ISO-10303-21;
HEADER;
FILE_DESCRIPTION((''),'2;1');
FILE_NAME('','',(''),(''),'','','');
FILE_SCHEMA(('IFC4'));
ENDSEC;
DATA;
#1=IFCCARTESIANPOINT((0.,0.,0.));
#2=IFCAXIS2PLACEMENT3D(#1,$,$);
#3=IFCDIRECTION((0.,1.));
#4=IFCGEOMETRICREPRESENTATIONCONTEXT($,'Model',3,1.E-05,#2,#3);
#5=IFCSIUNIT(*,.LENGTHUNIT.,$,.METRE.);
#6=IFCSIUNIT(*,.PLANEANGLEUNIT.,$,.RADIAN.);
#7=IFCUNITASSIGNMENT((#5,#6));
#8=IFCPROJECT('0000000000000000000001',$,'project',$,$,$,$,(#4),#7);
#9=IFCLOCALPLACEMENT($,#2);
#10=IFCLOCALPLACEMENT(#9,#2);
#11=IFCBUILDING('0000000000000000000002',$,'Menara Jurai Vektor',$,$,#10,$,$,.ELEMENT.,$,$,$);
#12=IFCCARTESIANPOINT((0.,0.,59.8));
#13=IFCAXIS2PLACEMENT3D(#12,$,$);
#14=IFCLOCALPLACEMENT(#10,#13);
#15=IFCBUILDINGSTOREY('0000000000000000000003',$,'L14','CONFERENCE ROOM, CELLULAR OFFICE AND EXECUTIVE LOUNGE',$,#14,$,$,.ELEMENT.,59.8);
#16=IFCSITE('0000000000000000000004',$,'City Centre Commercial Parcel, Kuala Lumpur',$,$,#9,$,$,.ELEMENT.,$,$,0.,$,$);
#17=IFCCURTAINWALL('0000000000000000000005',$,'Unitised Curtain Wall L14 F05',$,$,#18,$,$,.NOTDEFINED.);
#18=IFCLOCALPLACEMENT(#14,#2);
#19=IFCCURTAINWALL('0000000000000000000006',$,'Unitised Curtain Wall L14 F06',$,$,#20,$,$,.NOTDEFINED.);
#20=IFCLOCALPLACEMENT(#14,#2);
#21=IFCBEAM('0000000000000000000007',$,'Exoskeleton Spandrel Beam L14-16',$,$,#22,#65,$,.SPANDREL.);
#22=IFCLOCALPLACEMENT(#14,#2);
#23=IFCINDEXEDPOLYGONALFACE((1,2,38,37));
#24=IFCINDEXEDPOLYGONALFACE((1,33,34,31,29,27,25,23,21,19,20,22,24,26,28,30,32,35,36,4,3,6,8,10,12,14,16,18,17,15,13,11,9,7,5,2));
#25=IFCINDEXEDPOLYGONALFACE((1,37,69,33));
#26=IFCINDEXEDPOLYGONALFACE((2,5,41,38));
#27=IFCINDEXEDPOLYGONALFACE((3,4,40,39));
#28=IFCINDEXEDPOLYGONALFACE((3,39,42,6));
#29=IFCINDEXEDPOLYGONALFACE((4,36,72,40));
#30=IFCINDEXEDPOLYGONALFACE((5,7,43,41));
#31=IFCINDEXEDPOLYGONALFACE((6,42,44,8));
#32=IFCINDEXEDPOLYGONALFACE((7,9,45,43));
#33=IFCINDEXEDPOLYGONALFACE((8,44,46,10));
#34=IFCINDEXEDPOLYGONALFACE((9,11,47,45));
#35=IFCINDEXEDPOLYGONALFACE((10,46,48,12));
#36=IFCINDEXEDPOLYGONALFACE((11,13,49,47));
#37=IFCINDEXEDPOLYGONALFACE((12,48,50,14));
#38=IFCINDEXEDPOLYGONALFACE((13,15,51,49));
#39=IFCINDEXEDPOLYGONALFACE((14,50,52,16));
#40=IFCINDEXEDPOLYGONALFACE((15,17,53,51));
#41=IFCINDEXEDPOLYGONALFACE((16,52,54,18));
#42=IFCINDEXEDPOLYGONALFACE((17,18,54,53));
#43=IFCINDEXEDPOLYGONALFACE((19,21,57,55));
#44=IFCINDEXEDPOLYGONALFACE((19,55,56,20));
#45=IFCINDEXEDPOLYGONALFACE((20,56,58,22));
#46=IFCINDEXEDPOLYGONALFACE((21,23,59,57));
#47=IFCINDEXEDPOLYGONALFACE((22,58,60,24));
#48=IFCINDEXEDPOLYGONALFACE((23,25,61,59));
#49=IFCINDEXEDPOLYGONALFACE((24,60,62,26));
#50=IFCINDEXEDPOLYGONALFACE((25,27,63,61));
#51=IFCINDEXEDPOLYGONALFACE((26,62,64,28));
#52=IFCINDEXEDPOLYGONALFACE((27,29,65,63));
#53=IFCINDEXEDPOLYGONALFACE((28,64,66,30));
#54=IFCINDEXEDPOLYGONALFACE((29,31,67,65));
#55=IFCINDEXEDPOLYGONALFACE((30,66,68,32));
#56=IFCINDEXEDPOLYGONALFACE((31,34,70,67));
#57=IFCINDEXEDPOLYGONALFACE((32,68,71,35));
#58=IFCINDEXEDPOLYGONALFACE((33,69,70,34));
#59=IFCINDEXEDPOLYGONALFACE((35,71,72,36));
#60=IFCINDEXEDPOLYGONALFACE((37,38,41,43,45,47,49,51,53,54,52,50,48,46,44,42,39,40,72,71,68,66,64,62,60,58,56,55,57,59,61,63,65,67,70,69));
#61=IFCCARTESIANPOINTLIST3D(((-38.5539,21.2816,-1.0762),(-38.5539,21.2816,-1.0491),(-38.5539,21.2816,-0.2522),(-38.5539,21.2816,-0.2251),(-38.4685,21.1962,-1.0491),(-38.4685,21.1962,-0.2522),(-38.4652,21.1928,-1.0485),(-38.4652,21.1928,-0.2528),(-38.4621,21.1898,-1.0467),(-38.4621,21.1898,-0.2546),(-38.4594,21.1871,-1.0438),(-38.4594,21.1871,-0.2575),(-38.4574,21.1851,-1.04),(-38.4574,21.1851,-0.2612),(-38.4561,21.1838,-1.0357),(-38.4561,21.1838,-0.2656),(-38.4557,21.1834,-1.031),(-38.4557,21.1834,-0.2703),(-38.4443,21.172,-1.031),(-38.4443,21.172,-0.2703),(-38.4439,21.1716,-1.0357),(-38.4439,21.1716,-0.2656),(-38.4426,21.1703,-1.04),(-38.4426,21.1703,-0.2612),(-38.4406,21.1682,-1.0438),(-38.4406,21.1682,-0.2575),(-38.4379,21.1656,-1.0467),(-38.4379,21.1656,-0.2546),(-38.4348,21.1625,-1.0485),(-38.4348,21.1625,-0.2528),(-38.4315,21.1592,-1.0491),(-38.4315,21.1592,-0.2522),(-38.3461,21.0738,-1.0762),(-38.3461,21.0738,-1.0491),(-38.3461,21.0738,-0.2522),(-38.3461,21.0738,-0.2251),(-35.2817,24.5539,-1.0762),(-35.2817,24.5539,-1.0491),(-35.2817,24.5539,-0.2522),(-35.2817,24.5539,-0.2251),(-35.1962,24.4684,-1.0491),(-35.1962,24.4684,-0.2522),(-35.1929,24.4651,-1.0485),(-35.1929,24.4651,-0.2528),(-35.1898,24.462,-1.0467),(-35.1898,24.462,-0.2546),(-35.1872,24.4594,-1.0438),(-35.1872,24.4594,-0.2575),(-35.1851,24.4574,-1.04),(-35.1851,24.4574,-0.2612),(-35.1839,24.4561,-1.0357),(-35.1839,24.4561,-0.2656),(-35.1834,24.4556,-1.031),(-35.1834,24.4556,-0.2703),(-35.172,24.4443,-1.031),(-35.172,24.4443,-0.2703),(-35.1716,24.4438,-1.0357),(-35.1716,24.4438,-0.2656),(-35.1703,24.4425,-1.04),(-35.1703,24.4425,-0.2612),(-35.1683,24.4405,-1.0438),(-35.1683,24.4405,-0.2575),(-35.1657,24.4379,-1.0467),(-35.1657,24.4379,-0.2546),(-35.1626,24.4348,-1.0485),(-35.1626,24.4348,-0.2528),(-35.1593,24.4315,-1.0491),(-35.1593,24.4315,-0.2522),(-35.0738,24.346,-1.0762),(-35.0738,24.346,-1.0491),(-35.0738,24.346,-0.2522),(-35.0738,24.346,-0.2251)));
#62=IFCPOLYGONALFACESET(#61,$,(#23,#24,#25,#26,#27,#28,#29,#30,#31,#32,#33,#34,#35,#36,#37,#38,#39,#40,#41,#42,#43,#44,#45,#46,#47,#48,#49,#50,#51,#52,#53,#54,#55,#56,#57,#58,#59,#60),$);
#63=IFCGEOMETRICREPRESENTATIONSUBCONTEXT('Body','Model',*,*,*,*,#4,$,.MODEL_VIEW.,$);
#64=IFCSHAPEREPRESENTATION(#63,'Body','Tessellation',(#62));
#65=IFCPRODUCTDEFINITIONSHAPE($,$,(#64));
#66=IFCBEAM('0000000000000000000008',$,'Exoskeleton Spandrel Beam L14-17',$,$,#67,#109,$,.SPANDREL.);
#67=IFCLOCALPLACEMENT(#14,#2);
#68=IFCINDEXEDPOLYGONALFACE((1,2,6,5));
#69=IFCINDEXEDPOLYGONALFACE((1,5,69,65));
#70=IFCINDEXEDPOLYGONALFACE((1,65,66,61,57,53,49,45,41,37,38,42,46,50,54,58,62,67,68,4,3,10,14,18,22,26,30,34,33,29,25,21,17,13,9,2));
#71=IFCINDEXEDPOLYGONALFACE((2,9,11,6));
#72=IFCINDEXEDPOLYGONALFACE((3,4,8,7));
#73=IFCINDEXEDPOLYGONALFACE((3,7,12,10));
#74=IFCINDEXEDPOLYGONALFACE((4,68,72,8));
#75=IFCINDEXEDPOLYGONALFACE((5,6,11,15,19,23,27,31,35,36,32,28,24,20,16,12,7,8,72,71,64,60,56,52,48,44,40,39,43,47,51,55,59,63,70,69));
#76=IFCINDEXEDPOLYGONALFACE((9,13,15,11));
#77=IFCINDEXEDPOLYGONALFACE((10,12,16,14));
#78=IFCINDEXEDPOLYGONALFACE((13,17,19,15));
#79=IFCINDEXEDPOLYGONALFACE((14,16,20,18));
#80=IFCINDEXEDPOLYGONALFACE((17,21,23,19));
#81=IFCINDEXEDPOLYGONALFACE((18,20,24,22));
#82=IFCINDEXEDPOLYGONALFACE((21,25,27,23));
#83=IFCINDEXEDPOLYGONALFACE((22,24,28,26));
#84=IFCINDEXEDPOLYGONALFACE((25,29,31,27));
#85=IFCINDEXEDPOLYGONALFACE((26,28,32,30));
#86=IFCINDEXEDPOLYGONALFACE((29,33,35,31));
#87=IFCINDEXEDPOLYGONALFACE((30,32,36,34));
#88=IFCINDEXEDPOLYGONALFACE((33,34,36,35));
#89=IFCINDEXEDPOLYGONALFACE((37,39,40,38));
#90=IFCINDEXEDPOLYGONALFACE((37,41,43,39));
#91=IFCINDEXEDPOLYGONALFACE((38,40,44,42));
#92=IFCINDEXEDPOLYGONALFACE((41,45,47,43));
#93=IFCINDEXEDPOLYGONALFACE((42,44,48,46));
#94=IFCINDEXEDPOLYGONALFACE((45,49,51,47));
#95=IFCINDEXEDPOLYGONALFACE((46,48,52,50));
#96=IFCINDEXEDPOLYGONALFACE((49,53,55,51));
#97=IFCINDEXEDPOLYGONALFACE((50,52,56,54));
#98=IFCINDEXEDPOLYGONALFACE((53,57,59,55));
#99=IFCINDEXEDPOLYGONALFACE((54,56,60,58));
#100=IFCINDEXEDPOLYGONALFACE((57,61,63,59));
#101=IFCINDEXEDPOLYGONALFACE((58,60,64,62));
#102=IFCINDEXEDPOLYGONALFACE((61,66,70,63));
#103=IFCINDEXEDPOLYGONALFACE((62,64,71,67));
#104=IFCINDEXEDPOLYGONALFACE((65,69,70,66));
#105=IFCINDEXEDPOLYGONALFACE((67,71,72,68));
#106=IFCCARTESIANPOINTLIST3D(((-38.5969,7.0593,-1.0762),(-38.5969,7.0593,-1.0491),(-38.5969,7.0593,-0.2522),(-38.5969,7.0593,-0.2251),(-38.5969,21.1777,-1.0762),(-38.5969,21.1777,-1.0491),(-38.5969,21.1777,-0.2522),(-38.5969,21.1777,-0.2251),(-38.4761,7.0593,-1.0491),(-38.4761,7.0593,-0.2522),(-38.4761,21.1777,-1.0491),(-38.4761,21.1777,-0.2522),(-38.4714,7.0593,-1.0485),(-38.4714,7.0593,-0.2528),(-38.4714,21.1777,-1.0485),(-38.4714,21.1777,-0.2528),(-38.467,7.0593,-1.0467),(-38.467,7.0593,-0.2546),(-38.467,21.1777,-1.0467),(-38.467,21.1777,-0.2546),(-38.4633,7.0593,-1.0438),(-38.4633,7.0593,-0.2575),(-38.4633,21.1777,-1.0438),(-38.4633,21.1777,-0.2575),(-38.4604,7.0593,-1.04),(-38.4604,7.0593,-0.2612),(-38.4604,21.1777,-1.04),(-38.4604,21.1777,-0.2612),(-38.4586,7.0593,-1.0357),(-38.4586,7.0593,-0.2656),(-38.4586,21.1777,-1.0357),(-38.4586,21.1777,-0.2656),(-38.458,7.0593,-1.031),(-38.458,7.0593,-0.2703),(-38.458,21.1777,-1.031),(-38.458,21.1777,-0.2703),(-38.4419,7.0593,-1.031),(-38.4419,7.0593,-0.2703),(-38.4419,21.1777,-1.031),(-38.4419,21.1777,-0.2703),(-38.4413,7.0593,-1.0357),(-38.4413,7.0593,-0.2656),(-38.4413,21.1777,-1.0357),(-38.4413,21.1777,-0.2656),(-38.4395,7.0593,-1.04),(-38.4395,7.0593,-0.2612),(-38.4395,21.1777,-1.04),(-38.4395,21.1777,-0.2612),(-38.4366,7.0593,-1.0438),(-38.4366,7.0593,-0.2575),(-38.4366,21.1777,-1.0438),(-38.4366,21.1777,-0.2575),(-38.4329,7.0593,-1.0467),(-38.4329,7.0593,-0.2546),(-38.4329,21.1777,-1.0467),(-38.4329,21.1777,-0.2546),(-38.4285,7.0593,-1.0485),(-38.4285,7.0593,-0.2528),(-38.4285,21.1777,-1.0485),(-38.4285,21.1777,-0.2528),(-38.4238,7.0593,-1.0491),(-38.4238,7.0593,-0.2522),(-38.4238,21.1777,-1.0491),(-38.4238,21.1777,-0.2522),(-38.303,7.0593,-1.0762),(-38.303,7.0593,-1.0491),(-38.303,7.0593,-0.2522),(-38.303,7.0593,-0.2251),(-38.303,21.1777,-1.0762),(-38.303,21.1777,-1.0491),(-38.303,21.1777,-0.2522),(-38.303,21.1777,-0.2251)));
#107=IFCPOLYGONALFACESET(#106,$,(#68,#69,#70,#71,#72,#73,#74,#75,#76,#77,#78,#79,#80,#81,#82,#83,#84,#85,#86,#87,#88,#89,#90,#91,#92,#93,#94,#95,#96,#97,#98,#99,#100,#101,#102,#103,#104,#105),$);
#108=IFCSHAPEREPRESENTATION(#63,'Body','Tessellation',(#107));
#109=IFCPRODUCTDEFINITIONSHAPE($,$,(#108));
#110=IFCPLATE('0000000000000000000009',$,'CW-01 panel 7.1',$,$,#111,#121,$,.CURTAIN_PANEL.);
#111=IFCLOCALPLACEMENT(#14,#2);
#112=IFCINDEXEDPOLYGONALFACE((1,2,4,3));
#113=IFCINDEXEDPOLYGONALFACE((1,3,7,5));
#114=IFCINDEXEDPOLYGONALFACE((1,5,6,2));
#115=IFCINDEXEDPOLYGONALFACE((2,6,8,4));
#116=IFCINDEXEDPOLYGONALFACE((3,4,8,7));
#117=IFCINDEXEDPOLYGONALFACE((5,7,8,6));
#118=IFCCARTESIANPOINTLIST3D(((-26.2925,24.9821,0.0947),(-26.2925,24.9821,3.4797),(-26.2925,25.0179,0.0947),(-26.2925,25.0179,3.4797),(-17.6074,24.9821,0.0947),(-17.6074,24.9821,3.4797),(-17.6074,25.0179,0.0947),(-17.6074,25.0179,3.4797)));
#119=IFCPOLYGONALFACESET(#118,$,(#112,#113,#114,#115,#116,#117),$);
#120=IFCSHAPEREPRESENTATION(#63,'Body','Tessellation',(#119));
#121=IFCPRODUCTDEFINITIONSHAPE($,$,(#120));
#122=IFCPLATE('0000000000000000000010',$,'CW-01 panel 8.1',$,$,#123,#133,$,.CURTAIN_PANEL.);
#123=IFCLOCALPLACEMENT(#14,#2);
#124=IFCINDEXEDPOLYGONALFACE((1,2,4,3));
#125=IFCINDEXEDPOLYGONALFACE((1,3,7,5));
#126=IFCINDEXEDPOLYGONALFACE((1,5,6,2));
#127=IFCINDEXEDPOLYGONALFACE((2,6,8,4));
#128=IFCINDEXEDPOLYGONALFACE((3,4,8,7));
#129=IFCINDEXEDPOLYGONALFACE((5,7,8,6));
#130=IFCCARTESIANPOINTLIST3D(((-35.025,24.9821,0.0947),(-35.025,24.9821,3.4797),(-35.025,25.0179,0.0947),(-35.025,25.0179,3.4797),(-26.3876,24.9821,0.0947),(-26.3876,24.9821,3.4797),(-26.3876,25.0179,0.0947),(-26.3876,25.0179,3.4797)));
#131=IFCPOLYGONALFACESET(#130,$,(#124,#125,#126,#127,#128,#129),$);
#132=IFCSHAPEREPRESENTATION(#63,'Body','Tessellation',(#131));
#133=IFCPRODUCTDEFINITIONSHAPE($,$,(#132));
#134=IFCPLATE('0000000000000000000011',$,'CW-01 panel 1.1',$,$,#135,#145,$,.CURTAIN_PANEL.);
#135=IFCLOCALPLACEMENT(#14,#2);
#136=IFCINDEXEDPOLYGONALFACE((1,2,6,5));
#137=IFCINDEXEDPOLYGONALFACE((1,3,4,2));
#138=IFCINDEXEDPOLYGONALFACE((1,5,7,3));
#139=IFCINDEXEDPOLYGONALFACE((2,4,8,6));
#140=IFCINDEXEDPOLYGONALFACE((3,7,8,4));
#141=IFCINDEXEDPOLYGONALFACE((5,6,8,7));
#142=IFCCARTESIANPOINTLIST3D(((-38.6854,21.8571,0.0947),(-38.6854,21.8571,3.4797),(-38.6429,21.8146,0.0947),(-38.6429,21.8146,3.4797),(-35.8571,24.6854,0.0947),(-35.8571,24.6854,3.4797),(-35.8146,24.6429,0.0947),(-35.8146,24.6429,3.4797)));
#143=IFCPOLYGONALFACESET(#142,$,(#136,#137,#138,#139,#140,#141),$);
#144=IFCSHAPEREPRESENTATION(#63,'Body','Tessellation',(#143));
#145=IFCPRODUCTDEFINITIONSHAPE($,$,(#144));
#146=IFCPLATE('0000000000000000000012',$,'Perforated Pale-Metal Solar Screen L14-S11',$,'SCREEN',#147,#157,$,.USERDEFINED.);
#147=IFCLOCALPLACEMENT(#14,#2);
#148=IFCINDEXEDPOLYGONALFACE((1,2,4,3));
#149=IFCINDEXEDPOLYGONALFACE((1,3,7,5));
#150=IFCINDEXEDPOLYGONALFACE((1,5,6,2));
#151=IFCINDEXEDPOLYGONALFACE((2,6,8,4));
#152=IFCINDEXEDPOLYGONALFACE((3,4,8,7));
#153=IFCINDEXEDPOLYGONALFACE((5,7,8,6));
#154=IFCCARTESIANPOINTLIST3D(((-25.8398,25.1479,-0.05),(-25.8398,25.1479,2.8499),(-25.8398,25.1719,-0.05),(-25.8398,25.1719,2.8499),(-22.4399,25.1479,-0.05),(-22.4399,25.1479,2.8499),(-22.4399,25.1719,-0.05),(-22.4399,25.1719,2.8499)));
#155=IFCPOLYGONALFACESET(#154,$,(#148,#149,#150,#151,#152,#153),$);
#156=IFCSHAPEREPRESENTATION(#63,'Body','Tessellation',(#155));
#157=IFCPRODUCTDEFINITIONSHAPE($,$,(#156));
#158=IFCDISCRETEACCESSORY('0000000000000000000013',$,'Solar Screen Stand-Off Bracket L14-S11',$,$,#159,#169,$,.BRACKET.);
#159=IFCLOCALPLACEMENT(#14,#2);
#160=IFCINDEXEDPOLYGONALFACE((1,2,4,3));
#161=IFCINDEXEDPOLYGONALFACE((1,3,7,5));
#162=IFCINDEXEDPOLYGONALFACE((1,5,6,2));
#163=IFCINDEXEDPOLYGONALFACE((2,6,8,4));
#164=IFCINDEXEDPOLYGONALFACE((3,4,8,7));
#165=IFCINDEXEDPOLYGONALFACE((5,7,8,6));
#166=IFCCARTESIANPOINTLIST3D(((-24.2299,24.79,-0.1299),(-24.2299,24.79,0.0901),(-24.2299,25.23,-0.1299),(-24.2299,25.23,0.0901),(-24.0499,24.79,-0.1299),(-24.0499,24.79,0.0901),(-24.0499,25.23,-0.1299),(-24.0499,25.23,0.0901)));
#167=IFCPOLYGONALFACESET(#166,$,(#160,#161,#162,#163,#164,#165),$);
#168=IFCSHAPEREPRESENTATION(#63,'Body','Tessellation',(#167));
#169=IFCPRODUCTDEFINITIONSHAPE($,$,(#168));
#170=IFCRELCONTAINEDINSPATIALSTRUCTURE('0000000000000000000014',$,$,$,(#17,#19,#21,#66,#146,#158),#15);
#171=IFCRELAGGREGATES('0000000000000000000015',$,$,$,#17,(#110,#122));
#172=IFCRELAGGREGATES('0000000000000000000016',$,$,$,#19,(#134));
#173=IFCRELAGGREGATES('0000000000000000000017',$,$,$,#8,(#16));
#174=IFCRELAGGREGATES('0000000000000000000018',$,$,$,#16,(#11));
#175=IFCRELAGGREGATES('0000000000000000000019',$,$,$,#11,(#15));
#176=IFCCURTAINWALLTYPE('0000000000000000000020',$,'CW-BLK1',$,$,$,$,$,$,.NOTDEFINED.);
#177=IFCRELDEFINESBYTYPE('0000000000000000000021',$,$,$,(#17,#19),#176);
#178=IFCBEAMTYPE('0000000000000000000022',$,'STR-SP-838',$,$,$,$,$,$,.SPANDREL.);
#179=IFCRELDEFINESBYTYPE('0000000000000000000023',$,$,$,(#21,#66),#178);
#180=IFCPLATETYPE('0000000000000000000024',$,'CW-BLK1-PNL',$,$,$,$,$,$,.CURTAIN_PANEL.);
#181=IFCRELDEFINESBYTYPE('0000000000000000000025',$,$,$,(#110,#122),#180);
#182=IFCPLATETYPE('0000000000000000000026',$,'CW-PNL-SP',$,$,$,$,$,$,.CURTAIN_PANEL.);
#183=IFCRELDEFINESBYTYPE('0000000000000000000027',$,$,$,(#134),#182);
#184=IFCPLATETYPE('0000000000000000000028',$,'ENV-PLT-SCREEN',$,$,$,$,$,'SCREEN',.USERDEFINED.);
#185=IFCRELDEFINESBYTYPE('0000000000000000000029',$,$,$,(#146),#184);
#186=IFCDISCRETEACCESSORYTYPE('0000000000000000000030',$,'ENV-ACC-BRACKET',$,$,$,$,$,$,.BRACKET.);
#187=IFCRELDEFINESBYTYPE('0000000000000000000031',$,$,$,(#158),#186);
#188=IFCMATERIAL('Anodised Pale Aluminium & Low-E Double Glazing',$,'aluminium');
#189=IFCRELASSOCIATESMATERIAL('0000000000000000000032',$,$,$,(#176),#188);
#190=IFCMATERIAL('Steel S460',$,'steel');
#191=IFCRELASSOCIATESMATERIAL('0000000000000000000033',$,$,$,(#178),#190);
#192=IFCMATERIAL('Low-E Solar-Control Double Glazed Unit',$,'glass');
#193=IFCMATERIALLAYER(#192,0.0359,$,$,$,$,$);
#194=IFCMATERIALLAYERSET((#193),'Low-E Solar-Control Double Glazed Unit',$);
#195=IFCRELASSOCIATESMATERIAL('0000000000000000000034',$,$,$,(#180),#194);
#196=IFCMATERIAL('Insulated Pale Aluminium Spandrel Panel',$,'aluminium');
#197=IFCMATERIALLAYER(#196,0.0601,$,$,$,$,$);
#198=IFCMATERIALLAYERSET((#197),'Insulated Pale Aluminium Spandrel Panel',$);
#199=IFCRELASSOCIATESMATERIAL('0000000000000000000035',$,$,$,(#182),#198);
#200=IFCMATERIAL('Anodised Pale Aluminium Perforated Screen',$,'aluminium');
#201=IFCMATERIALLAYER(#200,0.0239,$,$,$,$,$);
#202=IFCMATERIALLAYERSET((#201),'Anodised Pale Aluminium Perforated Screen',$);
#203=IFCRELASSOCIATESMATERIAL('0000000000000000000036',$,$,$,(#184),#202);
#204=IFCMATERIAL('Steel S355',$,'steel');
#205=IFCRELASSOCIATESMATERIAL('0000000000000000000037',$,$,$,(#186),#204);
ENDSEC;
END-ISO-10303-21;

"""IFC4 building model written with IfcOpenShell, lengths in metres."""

from ifc_helpers import new_model, si_unit, direction, frame, origin, origin_2d, place, context, subcontext, project, spatial, rectangle, i_section, extrude, material, layer, layer_set, material_profile, profile_set, type_object, element, aggregate, save


model = new_model("IFC4")

# Units and contexts
model_context = context("Model", 3, precision=1e-05, world=origin(), true_north=direction((0.0, 1.0)))
body_context = subcontext(model_context, "Body", "Model", "MODEL_VIEW")
ifc_project = project(units=[si_unit("LENGTHUNIT", "METRE"), si_unit("PLANEANGLEUNIT", "RADIAN")], contexts=[model_context])

# Site, building, storey
site_placement = place(None, origin())
site = spatial("IfcSite", under=ifc_project, at=site_placement, Name="City Centre Commercial Parcel, Kuala Lumpur", CompositionType="ELEMENT", RefElevation=0.0)
building_placement = place(site_placement, origin())
building = spatial("IfcBuilding", under=site, at=building_placement, Name="Menara Jurai Vektor", CompositionType="ELEMENT")
storey_placement = place(building_placement, frame((0.0, 0.0, 59.8)))
storey = spatial("IfcBuildingStorey", under=building, at=storey_placement, Name="L14", Description="CONFERENCE ROOM, CELLULAR OFFICE AND EXECUTIVE LOUNGE", CompositionType="ELEMENT", Elevation=59.8)

# Shared definitions
ifc_material_1 = material(Name="Steel S460", Category="steel")

# Curtain walls
ifc_material_2 = material(Name="Anodised Pale Aluminium & Low-E Double Glazing", Category="aluminium")
curtain_wall_type = type_object("IfcCurtainWallType", Name="CW-BLK1", PredefinedType="NOTDEFINED", material=ifc_material_2)
curtain_wall_1_placement = place(storey_placement, origin())
curtain_wall_1 = element("IfcCurtainWall", 1, at=curtain_wall_1_placement, inside=storey, type_object=curtain_wall_type, Name="Unitised Curtain Wall L14 F05", PredefinedType="NOTDEFINED")
curtain_wall_2_placement = place(storey_placement, origin())
curtain_wall_2 = element("IfcCurtainWall", 2, at=curtain_wall_2_placement, inside=storey, type_object=curtain_wall_type, Name="Unitised Curtain Wall L14 F06", PredefinedType="NOTDEFINED")

# Shared definitions
ifc_material_3 = material(Name="Steel S355", Category="steel")

# Beams
ifc_material_profile_1 = material_profile(ifc_material_1, i_section(OverallWidth=0.2939, OverallDepth=0.8511, WebThickness=0.0161, FlangeThickness=0.0271, FilletRadius=0.0181, at=origin_2d()), Name="UKB 838x292x226")
ifc_profile_set_1 = profile_set([ifc_material_profile_1], Name="Steel S460")
beam_type_1 = type_object("IfcBeamType", Name="STR-SP-838", PredefinedType="SPANDREL", material=ifc_profile_set_1)
beam_1_placement = place(storey_placement, frame((-35.1777, 24.45, -0.6506), z_axis=(-0.707107, -0.707107, 0.0), x_axis=(0.707107, -0.707107, 0.0)))
element("IfcBeam", 3, at=beam_1_placement, inside=storey, type_object=beam_type_1, Name="Exoskeleton Spandrel Beam L14-16", PredefinedType="SPANDREL", context=body_context, shape_type="SweptSolid", body=[
    extrude(i_section(OverallWidth=0.2939, OverallDepth=0.8511, WebThickness=0.0161, FlangeThickness=0.0271, FilletRadius=0.0181, at=origin_2d()), origin(), (0.0, 0.0, 1.0), 4.6277),
])
beam_2_placement = place(storey_placement, frame((-38.45, 21.1777, -0.6506), z_axis=(0.0, -1.0, 0.0), x_axis=(1.0, 0.0, 0.0)))
element("IfcBeam", 4, at=beam_2_placement, inside=storey, type_object=beam_type_1, Name="Exoskeleton Spandrel Beam L14-17", PredefinedType="SPANDREL", context=body_context, shape_type="SweptSolid", body=[
    extrude(i_section(OverallWidth=0.2939, OverallDepth=0.8511, WebThickness=0.0161, FlangeThickness=0.0271, FilletRadius=0.0181, at=origin_2d()), origin(), (0.0, 0.0, 1.0), 14.1184),
])

# Plates
ifc_material_4 = material(Name="Low-E Solar-Control Double Glazed Unit", Category="glass")
ifc_layer_1 = layer(ifc_material_4, 0.0359)
ifc_layer_set_1 = layer_set([ifc_layer_1], Name="Low-E Solar-Control Double Glazed Unit")
plate_type_1 = type_object("IfcPlateType", Name="CW-BLK1-PNL", PredefinedType="CURTAIN_PANEL", material=ifc_layer_set_1)
plate_1_placement = place(storey_placement, frame((-21.95, 25.0, 0.0947), z_axis=(0.0, 0.0, 1.0), x_axis=(-1.0, 0.0, 0.0)))
plate_1 = element("IfcPlate", 5, at=plate_1_placement, type_object=plate_type_1, Name="CW-01 panel 7.1", PredefinedType="CURTAIN_PANEL", context=body_context, shape_type="SweptSolid", body=[
    extrude(rectangle(XDim=8.6851, YDim=0.0359, at=origin_2d()), origin(), (0.0, 0.0, 1.0), 3.385),
])
plate_2_placement = place(storey_placement, frame((-30.7063, 25.0, 0.0947), z_axis=(0.0, 0.0, 1.0), x_axis=(-1.0, 0.0, 0.0)))
plate_2 = element("IfcPlate", 6, at=plate_2_placement, type_object=plate_type_1, Name="CW-01 panel 8.1", PredefinedType="CURTAIN_PANEL", context=body_context, shape_type="SweptSolid", body=[
    extrude(rectangle(XDim=8.6375, YDim=0.0359, at=origin_2d()), origin(), (0.0, 0.0, 1.0), 3.385),
])
aggregate(curtain_wall_1, [plate_1, plate_2])
ifc_material_5 = material(Name="Insulated Pale Aluminium Spandrel Panel", Category="aluminium")
ifc_layer_2 = layer(ifc_material_5, 0.0601)
ifc_layer_set_2 = layer_set([ifc_layer_2], Name="Insulated Pale Aluminium Spandrel Panel")
plate_type_2 = type_object("IfcPlateType", Name="CW-PNL-SP", PredefinedType="CURTAIN_PANEL", material=ifc_layer_set_2)
plate_3_placement = place(storey_placement, frame((-37.25, 23.25, 0.0947), z_axis=(0.0, 0.0, 1.0), x_axis=(-0.707107, -0.707107, 0.0)))
plate_3 = element("IfcPlate", 7, at=plate_3_placement, type_object=plate_type_2, Name="CW-01 panel 1.1", PredefinedType="CURTAIN_PANEL", context=body_context, shape_type="SweptSolid", body=[
    extrude(rectangle(XDim=3.9998, YDim=0.0601, at=origin_2d()), origin(), (0.0, 0.0, 1.0), 3.385),
])
aggregate(curtain_wall_2, [plate_3])
ifc_material_6 = material(Name="Anodised Pale Aluminium Perforated Screen", Category="aluminium")
ifc_layer_3 = layer(ifc_material_6, 0.0239)
ifc_layer_set_3 = layer_set([ifc_layer_3], Name="Anodised Pale Aluminium Perforated Screen")
plate_type_3 = type_object("IfcPlateType", Name="ENV-PLT-SCREEN", ElementType="SCREEN", PredefinedType="USERDEFINED", material=ifc_layer_set_3)
plate_4_placement = place(storey_placement, frame((-24.1399, 25.1599, -0.05), z_axis=(0.0, 0.0, 1.0), x_axis=(-1.0, 0.0, 0.0)))
element("IfcPlate", 8, at=plate_4_placement, inside=storey, type_object=plate_type_3, Name="Perforated Pale-Metal Solar Screen L14-S11", ObjectType="SCREEN", PredefinedType="USERDEFINED", context=body_context, shape_type="SweptSolid", body=[
    extrude(rectangle(XDim=3.3999, YDim=0.0239, at=origin_2d()), origin(), (0.0, 0.0, 1.0), 2.8999),
])

# Discrete accessory
discrete_accessory_type = type_object("IfcDiscreteAccessoryType", Name="ENV-ACC-BRACKET", PredefinedType="BRACKET", material=ifc_material_3)
discrete_accessory_placement = place(storey_placement, frame((-24.1399, 25.01, -0.1299), z_axis=(0.0, 0.0, 1.0), x_axis=(-1.0, 0.0, 0.0)))
element("IfcDiscreteAccessory", 9, at=discrete_accessory_placement, inside=storey, type_object=discrete_accessory_type, Name="Solar Screen Stand-Off Bracket L14-S11", PredefinedType="BRACKET", context=body_context, shape_type="SweptSolid", body=[
    extrude(rectangle(XDim=0.1799, YDim=0.4399, at=origin_2d()), origin(), (0.0, 0.0, 1.0), 0.22),
])

save(model, "model.ifc")
